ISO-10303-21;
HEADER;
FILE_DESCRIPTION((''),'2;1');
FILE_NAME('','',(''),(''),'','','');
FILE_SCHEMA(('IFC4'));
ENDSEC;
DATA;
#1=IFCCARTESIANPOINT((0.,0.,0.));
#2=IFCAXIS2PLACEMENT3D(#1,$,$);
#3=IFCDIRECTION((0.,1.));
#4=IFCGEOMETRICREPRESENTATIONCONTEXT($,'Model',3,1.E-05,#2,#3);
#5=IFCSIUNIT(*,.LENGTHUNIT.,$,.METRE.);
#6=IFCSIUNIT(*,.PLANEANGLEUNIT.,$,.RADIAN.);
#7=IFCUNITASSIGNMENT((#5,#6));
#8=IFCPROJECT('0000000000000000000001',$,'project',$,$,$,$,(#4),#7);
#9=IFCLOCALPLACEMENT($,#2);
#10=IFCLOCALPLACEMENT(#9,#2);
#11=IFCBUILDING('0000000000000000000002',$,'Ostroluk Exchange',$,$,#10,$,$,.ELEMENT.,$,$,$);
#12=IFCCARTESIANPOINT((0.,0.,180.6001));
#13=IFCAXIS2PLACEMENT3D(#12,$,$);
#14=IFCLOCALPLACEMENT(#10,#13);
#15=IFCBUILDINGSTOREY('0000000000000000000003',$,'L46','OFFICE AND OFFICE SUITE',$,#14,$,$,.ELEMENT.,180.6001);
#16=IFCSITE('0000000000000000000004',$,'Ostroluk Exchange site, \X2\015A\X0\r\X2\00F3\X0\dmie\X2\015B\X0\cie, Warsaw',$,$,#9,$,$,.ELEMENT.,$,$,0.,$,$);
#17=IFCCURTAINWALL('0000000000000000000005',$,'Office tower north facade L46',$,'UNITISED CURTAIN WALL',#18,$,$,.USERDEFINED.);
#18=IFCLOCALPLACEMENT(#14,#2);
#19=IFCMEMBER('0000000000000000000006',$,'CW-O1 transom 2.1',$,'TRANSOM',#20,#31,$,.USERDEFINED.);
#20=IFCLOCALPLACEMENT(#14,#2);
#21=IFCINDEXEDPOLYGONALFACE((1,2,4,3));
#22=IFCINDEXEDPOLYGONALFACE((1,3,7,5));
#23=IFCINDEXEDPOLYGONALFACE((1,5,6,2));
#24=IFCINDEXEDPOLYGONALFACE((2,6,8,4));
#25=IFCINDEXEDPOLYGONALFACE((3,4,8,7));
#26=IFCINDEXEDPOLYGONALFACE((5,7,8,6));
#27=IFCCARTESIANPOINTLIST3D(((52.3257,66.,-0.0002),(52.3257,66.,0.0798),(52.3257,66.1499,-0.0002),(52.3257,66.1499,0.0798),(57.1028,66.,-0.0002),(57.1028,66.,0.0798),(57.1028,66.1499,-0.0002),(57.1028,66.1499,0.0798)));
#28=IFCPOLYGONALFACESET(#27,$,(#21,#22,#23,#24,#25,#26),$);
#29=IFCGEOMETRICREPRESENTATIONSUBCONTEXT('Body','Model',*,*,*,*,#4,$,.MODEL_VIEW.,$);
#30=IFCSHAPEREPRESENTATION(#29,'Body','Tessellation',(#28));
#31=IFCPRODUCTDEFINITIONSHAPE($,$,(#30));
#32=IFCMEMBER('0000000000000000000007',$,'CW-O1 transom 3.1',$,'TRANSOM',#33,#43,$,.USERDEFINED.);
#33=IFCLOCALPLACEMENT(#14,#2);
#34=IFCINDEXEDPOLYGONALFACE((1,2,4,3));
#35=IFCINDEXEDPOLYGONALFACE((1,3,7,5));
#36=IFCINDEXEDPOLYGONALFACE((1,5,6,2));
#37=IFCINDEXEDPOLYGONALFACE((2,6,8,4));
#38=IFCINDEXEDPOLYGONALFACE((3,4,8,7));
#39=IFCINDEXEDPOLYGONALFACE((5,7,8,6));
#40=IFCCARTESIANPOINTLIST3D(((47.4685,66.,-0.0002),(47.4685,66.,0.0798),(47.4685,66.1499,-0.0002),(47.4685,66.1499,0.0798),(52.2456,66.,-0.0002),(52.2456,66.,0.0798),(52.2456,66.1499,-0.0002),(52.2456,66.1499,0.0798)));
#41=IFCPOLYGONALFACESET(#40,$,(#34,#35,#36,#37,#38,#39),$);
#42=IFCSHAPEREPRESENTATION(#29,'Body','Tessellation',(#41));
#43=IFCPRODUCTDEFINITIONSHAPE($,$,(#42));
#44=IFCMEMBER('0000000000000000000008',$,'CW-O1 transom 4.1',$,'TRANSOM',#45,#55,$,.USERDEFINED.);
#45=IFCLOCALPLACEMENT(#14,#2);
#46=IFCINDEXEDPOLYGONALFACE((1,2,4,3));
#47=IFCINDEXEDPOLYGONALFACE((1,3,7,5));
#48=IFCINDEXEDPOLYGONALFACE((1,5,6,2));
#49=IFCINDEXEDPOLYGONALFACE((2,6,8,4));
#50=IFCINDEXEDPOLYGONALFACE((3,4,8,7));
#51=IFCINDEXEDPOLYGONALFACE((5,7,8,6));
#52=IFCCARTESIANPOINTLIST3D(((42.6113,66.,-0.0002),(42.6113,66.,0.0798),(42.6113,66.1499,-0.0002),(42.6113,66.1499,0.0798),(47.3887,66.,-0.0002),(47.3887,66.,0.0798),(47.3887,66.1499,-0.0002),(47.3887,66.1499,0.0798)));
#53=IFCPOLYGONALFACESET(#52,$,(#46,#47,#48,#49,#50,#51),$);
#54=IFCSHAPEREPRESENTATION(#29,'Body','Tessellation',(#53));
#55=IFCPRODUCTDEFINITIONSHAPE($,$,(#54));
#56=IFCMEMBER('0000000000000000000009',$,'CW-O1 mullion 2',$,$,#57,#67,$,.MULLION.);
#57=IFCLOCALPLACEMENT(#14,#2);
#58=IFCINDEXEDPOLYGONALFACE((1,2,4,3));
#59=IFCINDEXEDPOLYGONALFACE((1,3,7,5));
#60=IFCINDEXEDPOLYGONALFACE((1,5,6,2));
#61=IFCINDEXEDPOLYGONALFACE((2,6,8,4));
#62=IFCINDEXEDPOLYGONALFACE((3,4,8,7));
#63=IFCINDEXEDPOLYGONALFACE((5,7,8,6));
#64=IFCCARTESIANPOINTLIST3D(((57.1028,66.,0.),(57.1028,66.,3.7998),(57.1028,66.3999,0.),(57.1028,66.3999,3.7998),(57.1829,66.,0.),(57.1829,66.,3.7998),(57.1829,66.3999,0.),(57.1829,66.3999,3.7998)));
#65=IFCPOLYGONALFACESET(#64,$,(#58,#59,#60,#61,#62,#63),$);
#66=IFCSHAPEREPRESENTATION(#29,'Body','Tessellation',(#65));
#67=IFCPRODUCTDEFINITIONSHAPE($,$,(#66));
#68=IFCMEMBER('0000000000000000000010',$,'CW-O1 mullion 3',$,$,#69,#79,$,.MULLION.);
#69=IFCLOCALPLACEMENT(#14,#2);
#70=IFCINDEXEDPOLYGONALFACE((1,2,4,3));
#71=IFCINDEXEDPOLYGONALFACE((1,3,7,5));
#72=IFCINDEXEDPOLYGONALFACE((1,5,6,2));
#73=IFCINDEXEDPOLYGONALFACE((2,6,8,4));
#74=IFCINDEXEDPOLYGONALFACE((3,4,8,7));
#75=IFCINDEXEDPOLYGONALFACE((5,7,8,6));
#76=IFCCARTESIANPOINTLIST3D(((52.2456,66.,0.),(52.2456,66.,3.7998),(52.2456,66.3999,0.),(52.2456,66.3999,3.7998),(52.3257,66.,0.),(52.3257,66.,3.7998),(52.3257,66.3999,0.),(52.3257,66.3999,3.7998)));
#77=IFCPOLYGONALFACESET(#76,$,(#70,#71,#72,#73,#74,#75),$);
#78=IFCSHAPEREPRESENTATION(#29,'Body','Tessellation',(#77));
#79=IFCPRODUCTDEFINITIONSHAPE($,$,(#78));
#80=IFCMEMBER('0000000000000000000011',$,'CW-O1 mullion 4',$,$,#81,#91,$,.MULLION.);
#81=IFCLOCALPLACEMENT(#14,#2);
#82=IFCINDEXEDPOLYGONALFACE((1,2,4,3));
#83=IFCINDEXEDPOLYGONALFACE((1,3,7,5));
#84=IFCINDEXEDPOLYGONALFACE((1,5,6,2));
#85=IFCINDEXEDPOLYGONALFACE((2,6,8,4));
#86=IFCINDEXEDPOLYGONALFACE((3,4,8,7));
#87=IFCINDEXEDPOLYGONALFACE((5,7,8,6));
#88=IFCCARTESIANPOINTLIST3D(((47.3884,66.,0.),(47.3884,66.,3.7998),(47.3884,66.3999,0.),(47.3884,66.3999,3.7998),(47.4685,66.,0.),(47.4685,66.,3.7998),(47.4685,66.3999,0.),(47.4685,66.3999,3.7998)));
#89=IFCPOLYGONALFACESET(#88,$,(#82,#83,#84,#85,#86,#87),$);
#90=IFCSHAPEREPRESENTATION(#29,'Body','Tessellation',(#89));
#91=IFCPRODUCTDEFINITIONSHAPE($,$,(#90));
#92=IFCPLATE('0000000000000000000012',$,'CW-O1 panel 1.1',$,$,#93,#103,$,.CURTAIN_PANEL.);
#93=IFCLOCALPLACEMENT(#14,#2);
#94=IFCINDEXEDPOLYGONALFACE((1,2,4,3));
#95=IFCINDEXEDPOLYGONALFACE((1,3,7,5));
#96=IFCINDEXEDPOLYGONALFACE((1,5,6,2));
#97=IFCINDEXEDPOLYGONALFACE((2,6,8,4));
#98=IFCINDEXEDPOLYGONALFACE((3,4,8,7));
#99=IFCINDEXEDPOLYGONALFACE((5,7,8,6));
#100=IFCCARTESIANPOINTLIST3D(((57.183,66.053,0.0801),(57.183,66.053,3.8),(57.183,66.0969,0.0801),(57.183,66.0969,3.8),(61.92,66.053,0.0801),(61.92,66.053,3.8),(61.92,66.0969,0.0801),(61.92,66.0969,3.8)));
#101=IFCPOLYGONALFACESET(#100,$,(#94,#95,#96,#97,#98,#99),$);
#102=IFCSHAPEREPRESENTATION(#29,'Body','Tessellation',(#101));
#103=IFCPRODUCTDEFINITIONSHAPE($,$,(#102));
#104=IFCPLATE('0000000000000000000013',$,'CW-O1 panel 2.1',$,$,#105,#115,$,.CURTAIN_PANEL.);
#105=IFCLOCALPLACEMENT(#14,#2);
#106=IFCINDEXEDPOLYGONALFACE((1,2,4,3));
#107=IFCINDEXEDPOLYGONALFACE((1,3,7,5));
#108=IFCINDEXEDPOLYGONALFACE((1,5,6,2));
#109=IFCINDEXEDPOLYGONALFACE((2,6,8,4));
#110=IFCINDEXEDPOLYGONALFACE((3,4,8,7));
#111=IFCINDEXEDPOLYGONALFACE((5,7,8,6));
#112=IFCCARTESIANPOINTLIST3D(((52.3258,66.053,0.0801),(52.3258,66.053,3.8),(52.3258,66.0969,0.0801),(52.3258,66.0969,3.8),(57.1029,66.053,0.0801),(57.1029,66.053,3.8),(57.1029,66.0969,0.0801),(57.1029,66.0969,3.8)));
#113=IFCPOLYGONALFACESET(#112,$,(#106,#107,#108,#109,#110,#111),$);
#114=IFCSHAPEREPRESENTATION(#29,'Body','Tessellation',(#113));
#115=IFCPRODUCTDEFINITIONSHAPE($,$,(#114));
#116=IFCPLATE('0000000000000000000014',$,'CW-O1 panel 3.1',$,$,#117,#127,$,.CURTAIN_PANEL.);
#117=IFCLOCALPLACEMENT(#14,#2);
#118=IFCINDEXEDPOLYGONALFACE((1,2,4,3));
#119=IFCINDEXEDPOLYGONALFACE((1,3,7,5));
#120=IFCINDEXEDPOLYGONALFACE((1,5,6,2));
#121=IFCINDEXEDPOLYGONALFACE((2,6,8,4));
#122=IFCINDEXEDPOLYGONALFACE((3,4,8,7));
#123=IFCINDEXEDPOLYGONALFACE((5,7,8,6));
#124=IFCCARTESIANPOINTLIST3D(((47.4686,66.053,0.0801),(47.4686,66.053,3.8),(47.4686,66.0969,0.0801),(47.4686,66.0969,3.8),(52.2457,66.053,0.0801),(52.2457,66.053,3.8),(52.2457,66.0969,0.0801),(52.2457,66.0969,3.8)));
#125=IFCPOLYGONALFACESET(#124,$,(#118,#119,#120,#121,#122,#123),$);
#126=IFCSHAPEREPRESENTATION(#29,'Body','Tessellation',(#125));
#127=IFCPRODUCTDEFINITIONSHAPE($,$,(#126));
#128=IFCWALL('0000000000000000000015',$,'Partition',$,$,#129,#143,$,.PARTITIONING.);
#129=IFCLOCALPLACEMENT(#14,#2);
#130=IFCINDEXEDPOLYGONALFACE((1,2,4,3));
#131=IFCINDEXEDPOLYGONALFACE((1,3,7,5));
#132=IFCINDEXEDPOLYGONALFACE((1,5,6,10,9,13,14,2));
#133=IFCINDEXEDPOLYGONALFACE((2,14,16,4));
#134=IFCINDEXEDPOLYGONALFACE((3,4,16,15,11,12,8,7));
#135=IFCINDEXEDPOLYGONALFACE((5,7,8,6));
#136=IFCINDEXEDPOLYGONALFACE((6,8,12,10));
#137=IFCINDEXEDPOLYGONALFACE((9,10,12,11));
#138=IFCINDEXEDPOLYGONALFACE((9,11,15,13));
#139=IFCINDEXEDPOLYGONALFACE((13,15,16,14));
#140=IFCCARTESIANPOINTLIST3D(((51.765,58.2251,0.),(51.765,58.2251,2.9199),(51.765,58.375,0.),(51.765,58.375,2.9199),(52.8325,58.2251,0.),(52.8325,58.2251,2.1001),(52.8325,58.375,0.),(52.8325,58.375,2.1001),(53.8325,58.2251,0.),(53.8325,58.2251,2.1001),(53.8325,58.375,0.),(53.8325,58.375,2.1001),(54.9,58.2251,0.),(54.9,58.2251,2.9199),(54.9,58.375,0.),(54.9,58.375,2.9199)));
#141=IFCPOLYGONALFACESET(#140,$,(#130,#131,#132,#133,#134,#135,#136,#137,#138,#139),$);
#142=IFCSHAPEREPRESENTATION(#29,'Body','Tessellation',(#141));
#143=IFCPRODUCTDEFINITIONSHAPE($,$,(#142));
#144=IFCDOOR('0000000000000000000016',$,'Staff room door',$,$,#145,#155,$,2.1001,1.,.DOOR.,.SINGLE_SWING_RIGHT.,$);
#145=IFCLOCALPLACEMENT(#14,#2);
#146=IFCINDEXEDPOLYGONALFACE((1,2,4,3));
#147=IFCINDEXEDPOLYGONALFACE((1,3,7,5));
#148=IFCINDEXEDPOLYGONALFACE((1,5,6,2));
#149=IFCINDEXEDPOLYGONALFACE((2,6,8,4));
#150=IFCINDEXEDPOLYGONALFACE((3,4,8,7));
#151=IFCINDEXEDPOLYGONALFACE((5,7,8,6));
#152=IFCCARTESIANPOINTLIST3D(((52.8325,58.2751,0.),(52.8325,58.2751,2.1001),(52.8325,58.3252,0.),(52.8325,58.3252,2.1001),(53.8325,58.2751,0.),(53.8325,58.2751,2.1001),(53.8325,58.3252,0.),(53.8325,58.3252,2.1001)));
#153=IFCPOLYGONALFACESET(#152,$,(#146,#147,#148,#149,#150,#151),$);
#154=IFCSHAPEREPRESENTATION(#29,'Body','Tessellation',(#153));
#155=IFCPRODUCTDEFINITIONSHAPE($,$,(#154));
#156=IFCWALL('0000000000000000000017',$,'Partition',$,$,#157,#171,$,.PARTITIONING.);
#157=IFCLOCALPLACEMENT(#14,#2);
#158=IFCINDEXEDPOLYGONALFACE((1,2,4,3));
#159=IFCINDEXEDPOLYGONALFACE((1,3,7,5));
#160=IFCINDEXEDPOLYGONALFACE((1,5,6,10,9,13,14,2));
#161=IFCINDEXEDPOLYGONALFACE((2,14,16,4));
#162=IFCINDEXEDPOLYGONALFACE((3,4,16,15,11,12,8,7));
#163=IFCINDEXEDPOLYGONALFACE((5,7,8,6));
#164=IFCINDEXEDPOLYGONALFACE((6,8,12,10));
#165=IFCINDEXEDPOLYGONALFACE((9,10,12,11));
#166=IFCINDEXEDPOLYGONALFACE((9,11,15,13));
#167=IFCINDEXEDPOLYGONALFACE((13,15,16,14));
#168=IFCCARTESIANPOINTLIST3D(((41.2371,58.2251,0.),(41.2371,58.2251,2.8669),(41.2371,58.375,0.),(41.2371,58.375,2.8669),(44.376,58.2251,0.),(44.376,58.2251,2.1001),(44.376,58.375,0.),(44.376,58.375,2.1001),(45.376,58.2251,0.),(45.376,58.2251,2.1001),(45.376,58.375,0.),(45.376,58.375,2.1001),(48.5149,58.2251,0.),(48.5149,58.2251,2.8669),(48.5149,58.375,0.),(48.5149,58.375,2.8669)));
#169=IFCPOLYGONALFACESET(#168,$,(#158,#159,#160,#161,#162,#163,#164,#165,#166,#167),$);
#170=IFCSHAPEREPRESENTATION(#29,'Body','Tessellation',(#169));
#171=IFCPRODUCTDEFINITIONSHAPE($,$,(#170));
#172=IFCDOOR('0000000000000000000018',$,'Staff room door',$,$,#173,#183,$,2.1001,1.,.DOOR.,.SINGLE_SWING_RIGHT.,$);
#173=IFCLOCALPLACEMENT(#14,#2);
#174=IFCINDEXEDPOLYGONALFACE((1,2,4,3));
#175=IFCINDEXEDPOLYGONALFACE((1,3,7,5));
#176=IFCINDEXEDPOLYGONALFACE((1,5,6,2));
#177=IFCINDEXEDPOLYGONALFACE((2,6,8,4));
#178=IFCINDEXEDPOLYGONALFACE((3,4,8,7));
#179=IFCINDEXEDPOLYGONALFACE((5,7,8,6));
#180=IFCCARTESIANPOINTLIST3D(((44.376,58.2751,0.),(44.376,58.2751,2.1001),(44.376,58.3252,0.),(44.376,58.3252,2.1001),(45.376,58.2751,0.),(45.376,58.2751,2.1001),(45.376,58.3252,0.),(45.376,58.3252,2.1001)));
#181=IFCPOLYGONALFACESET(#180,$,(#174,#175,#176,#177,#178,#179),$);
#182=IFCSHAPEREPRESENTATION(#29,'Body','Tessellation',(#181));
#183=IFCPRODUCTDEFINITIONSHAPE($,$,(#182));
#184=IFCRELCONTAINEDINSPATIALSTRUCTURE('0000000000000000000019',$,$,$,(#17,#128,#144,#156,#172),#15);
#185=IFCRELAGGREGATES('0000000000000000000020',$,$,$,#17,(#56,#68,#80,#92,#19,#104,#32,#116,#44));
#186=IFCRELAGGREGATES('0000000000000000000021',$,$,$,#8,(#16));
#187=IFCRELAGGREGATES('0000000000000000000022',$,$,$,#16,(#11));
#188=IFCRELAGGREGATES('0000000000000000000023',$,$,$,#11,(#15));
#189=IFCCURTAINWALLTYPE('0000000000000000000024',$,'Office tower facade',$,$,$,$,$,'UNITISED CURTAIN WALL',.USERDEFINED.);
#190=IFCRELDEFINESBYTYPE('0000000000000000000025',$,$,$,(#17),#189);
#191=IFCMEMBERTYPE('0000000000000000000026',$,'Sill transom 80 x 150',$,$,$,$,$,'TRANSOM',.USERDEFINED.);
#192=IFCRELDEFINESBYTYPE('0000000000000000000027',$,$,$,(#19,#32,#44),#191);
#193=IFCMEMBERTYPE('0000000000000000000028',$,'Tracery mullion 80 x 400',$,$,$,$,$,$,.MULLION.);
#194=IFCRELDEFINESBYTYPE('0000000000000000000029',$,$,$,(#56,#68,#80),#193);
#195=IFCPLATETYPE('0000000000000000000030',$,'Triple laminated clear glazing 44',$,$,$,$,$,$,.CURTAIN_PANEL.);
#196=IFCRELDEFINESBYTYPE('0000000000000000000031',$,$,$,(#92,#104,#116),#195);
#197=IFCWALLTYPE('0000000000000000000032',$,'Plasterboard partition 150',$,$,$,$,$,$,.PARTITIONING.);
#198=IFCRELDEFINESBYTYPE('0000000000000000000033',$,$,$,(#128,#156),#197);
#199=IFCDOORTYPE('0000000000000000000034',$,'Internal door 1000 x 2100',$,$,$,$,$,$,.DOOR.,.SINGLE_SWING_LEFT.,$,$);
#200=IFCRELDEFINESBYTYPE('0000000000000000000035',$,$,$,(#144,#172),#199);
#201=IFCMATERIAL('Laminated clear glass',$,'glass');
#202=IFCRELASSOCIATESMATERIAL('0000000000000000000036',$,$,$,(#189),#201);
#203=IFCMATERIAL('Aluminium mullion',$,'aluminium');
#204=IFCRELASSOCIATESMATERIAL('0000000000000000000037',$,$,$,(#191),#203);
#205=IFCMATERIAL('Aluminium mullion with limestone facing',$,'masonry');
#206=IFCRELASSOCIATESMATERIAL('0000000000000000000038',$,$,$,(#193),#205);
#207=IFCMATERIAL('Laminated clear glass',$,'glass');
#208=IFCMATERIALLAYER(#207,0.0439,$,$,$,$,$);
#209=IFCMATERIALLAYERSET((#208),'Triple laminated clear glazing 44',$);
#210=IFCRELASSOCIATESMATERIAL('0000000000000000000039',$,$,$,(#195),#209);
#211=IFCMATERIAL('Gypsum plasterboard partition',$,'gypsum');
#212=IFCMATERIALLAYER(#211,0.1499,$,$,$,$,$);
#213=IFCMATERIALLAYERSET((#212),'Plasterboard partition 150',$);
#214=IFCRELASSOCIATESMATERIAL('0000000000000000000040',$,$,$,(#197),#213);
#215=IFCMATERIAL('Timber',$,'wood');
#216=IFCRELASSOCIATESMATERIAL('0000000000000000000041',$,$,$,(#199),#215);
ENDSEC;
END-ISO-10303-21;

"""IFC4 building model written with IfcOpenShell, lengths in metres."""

from ifc_helpers import new_model, si_unit, direction, frame, frame_2d, origin, origin_2d, place, context, subcontext, project, spatial, rectangle, extrude, material, layer, layer_set, material_profile, profile_set, type_object, element, fill, aggregate, save


model = new_model("IFC4")

# Units and contexts
model_context = context("Model", 3, precision=1e-05, world=origin(), true_north=direction((0.0, 1.0)))
body_context = subcontext(model_context, "Body", "Model", "MODEL_VIEW")
ifc_project = project(units=[si_unit("LENGTHUNIT", "METRE"), si_unit("PLANEANGLEUNIT", "RADIAN")], contexts=[model_context])

# Site, building, storey
site_placement = place(None, origin())
site = spatial("IfcSite", under=ifc_project, at=site_placement, Name="Ostroluk Exchange site, Śródmieście, Warsaw", CompositionType="ELEMENT", RefElevation=0.0)
building_placement = place(site_placement, origin())
building = spatial("IfcBuilding", under=site, at=building_placement, Name="Ostroluk Exchange", CompositionType="ELEMENT")
storey_placement = place(building_placement, frame((0.0, 0.0, 180.6001)))
storey = spatial("IfcBuildingStorey", under=building, at=storey_placement, Name="L46", Description="OFFICE AND OFFICE SUITE", CompositionType="ELEMENT", Elevation=180.6001)

# Curtain wall, members, plates
ifc_material_1 = material(Name="Laminated clear glass", Category="glass")
curtain_wall_type = type_object("IfcCurtainWallType", Name="Office tower facade", ElementType="UNITISED CURTAIN WALL", PredefinedType="USERDEFINED", material=ifc_material_1)
curtain_wall_placement = place(storey_placement, origin())
curtain_wall = element("IfcCurtainWall", 1, at=curtain_wall_placement, inside=storey, type_object=curtain_wall_type, Name="Office tower north facade L46", ObjectType="UNITISED CURTAIN WALL", PredefinedType="USERDEFINED")
ifc_material_2 = material(Name="Aluminium mullion", Category="aluminium")
ifc_material_profile_1 = material_profile(ifc_material_2, rectangle(XDim=0.1499, YDim=0.0801, at=origin_2d()), Name="Sill transom 80 x 150")
ifc_profile_set_1 = profile_set([ifc_material_profile_1], Name="Aluminium mullion")
member_type_1 = type_object("IfcMemberType", Name="Sill transom 80 x 150", ElementType="TRANSOM", PredefinedType="USERDEFINED", material=ifc_profile_set_1)
member_1_placement = place(storey_placement, frame((57.1028, 66.075, 0.0398), z_axis=(-1.0, 0.0, 0.0), x_axis=(0.0, -1.0, 0.0)))
member_1 = element("IfcMember", 2, at=member_1_placement, type_object=member_type_1, Name="CW-O1 transom 2.1", ObjectType="TRANSOM", PredefinedType="USERDEFINED", context=body_context, shape_type="SweptSolid", body=[
    extrude(rectangle(XDim=0.1499, YDim=0.0801, at=origin_2d()), origin(), (0.0, 0.0, 1.0), 4.7771),
])
member_2_placement = place(storey_placement, frame((52.2456, 66.075, 0.0398), z_axis=(-1.0, 0.0, 0.0), x_axis=(0.0, -1.0, 0.0)))
member_2 = element("IfcMember", 3, at=member_2_placement, type_object=member_type_1, Name="CW-O1 transom 3.1", ObjectType="TRANSOM", PredefinedType="USERDEFINED", context=body_context, shape_type="SweptSolid", body=[
    extrude(rectangle(XDim=0.1499, YDim=0.0801, at=origin_2d()), origin(), (0.0, 0.0, 1.0), 4.7771),
])
member_3_placement = place(storey_placement, frame((47.3887, 66.075, 0.0398), z_axis=(-1.0, 0.0, 0.0), x_axis=(0.0, -1.0, 0.0)))
member_3 = element("IfcMember", 4, at=member_3_placement, type_object=member_type_1, Name="CW-O1 transom 4.1", ObjectType="TRANSOM", PredefinedType="USERDEFINED", context=body_context, shape_type="SweptSolid", body=[
    extrude(rectangle(XDim=0.1499, YDim=0.0801, at=origin_2d()), origin(), (0.0, 0.0, 1.0), 4.7773),
])
ifc_material_3 = material(Name="Aluminium mullion with limestone facing", Category="masonry")
ifc_material_profile_2 = material_profile(ifc_material_3, rectangle(XDim=0.3999, YDim=0.0801, at=origin_2d()), Name="Tracery mullion 80 x 400")
ifc_profile_set_2 = profile_set([ifc_material_profile_2], Name="Aluminium mullion with limestone facing")
member_type_2 = type_object("IfcMemberType", Name="Tracery mullion 80 x 400", PredefinedType="MULLION", material=ifc_profile_set_2)
member_4_placement = place(storey_placement, frame((57.1428, 66.2, 0.0), z_axis=(0.0, 0.0, 1.0), x_axis=(0.0, -1.0, 0.0)))
member_4 = element("IfcMember", 5, at=member_4_placement, type_object=member_type_2, Name="CW-O1 mullion 2", PredefinedType="MULLION", context=body_context, shape_type="SweptSolid", body=[
    extrude(rectangle(XDim=0.3999, YDim=0.0801, at=origin_2d()), origin(), (0.0, 0.0, 1.0), 3.7998),
])
member_5_placement = place(storey_placement, frame((52.2856, 66.2, 0.0), z_axis=(0.0, 0.0, 1.0), x_axis=(0.0, -1.0, 0.0)))
member_5 = element("IfcMember", 6, at=member_5_placement, type_object=member_type_2, Name="CW-O1 mullion 3", PredefinedType="MULLION", context=body_context, shape_type="SweptSolid", body=[
    extrude(rectangle(XDim=0.3999, YDim=0.0801, at=origin_2d()), origin(), (0.0, 0.0, 1.0), 3.7998),
])
member_6_placement = place(storey_placement, frame((47.4285, 66.2, 0.0), z_axis=(0.0, 0.0, 1.0), x_axis=(0.0, -1.0, 0.0)))
member_6 = element("IfcMember", 7, at=member_6_placement, type_object=member_type_2, Name="CW-O1 mullion 4", PredefinedType="MULLION", context=body_context, shape_type="SweptSolid", body=[
    extrude(rectangle(XDim=0.3999, YDim=0.0801, at=origin_2d()), origin(), (0.0, 0.0, 1.0), 3.7998),
])
ifc_material_4 = material(Name="Laminated clear glass", Category="glass")
ifc_layer_1 = layer(ifc_material_4, 0.0439)
ifc_layer_set_1 = layer_set([ifc_layer_1], Name="Triple laminated clear glazing 44")
plate_type = type_object("IfcPlateType", Name="Triple laminated clear glazing 44", PredefinedType="CURTAIN_PANEL", material=ifc_layer_set_1)
plate_1_placement = place(storey_placement, frame((59.5515, 66.075, 0.0801), z_axis=(0.0, 0.0, 1.0), x_axis=(-1.0, 0.0, 0.0)))
plate_1 = element("IfcPlate", 8, at=plate_1_placement, type_object=plate_type, Name="CW-O1 panel 1.1", PredefinedType="CURTAIN_PANEL", context=body_context, shape_type="SweptSolid", body=[
    extrude(rectangle(XDim=4.7371, YDim=0.0439, at=origin_2d()), origin(), (0.0, 0.0, 1.0), 3.72),
])
plate_2_placement = place(storey_placement, frame((54.7144, 66.075, 0.0801), z_axis=(0.0, 0.0, 1.0), x_axis=(-1.0, 0.0, 0.0)))
plate_2 = element("IfcPlate", 9, at=plate_2_placement, type_object=plate_type, Name="CW-O1 panel 2.1", PredefinedType="CURTAIN_PANEL", context=body_context, shape_type="SweptSolid", body=[
    extrude(rectangle(XDim=4.7771, YDim=0.0439, at=origin_2d()), origin(), (0.0, 0.0, 1.0), 3.72),
])
plate_3_placement = place(storey_placement, frame((49.8572, 66.075, 0.0801), z_axis=(0.0, 0.0, 1.0), x_axis=(-1.0, 0.0, 0.0)))
plate_3 = element("IfcPlate", 10, at=plate_3_placement, type_object=plate_type, Name="CW-O1 panel 3.1", PredefinedType="CURTAIN_PANEL", context=body_context, shape_type="SweptSolid", body=[
    extrude(rectangle(XDim=4.7771, YDim=0.0439, at=origin_2d()), origin(), (0.0, 0.0, 1.0), 3.72),
])
aggregate(curtain_wall, [member_4, member_5, member_6, plate_1, member_1, plate_2, member_2, plate_3, member_3])

# Walls, openings, doors
ifc_material_5 = material(Name="Gypsum plasterboard partition", Category="gypsum")
ifc_layer_2 = layer(ifc_material_5, 0.1499)
ifc_layer_set_2 = layer_set([ifc_layer_2], Name="Plasterboard partition 150")
wall_type = type_object("IfcWallType", Name="Plasterboard partition 150", PredefinedType="PARTITIONING", material=ifc_layer_set_2)
wall_1_placement = place(storey_placement, frame((54.8999, 58.3, 0.0), z_axis=(0.0, 0.0, 1.0), x_axis=(-1.0, 0.0, 0.0)))
wall_1 = element("IfcWall", 11, at=wall_1_placement, inside=storey, type_object=wall_type, Name="Partition", PredefinedType="PARTITIONING", context=body_context, shape_type="SweptSolid", body=[
    extrude(rectangle(XDim=3.135, YDim=0.1499, at=frame_2d((1.5674, 0.0))), origin(), (0.0, 0.0, 1.0), 2.9199),
])
opening_1_placement = place(wall_1_placement, frame((1.0674, 0.0, 0.0)))
opening_1 = element("IfcOpeningElement", 12, at=opening_1_placement, cuts=wall_1, PredefinedType="OPENING", context=body_context, shape_type="SweptSolid", body=[
    extrude(rectangle(XDim=1.0, YDim=2.1001, at=frame_2d((0.5, 1.05))), frame((0.0, 0.085, 0.0), z_axis=(0.0, -1.0, 0.0), x_axis=(1.0, 0.0, 0.0)), (0.0, 0.0, 1.0), 0.1699),
])
ifc_material_6 = material(Name="Timber", Category="wood")
door_type = type_object("IfcDoorType", Name="Internal door 1000 x 2100", OperationType="SINGLE_SWING_LEFT", PredefinedType="DOOR", material=ifc_material_6)
door_1_placement = place(opening_1_placement, origin())
door_1 = element("IfcDoor", 13, at=door_1_placement, inside=storey, type_object=door_type, Name="Staff room door", OperationType="SINGLE_SWING_RIGHT", OverallHeight=2.1001, OverallWidth=1.0, PredefinedType="DOOR", context=body_context, shape_type="SweptSolid", body=[
    extrude(rectangle(XDim=1.0, YDim=2.1001, at=frame_2d((0.5, 1.05))), frame((0.0, 0.0249, 0.0), z_axis=(0.0, -1.0, 0.0), x_axis=(1.0, 0.0, 0.0)), (0.0, 0.0, 1.0), 0.05),
])
fill(opening_1, door_1)
wall_2_placement = place(storey_placement, frame((48.5149, 58.3, 0.0), z_axis=(0.0, 0.0, 1.0), x_axis=(-1.0, 0.0, 0.0)))
wall_2 = element("IfcWall", 14, at=wall_2_placement, inside=storey, type_object=wall_type, Name="Partition", PredefinedType="PARTITIONING", context=body_context, shape_type="SweptSolid", body=[
    extrude(rectangle(XDim=7.2778, YDim=0.1499, at=frame_2d((3.6389, 0.0))), origin(), (0.0, 0.0, 1.0), 2.8669),
])
opening_2_placement = place(wall_2_placement, frame((3.1389, 0.0, 0.0)))
opening_2 = element("IfcOpeningElement", 15, at=opening_2_placement, cuts=wall_2, PredefinedType="OPENING", context=body_context, shape_type="SweptSolid", body=[
    extrude(rectangle(XDim=1.0, YDim=2.1001, at=frame_2d((0.5, 1.05))), frame((0.0, 0.085, 0.0), z_axis=(0.0, -1.0, 0.0), x_axis=(1.0, 0.0, 0.0)), (0.0, 0.0, 1.0), 0.1699),
])
door_2_placement = place(opening_2_placement, origin())
door_2 = element("IfcDoor", 16, at=door_2_placement, inside=storey, type_object=door_type, Name="Staff room door", OperationType="SINGLE_SWING_RIGHT", OverallHeight=2.1001, OverallWidth=1.0, PredefinedType="DOOR", context=body_context, shape_type="SweptSolid", body=[
    extrude(rectangle(XDim=1.0, YDim=2.1001, at=frame_2d((0.5, 1.05))), frame((0.0, 0.0249, 0.0), z_axis=(0.0, -1.0, 0.0), x_axis=(1.0, 0.0, 0.0)), (0.0, 0.0, 1.0), 0.05),
])
fill(opening_2, door_2)

save(model, "model.ifc")
